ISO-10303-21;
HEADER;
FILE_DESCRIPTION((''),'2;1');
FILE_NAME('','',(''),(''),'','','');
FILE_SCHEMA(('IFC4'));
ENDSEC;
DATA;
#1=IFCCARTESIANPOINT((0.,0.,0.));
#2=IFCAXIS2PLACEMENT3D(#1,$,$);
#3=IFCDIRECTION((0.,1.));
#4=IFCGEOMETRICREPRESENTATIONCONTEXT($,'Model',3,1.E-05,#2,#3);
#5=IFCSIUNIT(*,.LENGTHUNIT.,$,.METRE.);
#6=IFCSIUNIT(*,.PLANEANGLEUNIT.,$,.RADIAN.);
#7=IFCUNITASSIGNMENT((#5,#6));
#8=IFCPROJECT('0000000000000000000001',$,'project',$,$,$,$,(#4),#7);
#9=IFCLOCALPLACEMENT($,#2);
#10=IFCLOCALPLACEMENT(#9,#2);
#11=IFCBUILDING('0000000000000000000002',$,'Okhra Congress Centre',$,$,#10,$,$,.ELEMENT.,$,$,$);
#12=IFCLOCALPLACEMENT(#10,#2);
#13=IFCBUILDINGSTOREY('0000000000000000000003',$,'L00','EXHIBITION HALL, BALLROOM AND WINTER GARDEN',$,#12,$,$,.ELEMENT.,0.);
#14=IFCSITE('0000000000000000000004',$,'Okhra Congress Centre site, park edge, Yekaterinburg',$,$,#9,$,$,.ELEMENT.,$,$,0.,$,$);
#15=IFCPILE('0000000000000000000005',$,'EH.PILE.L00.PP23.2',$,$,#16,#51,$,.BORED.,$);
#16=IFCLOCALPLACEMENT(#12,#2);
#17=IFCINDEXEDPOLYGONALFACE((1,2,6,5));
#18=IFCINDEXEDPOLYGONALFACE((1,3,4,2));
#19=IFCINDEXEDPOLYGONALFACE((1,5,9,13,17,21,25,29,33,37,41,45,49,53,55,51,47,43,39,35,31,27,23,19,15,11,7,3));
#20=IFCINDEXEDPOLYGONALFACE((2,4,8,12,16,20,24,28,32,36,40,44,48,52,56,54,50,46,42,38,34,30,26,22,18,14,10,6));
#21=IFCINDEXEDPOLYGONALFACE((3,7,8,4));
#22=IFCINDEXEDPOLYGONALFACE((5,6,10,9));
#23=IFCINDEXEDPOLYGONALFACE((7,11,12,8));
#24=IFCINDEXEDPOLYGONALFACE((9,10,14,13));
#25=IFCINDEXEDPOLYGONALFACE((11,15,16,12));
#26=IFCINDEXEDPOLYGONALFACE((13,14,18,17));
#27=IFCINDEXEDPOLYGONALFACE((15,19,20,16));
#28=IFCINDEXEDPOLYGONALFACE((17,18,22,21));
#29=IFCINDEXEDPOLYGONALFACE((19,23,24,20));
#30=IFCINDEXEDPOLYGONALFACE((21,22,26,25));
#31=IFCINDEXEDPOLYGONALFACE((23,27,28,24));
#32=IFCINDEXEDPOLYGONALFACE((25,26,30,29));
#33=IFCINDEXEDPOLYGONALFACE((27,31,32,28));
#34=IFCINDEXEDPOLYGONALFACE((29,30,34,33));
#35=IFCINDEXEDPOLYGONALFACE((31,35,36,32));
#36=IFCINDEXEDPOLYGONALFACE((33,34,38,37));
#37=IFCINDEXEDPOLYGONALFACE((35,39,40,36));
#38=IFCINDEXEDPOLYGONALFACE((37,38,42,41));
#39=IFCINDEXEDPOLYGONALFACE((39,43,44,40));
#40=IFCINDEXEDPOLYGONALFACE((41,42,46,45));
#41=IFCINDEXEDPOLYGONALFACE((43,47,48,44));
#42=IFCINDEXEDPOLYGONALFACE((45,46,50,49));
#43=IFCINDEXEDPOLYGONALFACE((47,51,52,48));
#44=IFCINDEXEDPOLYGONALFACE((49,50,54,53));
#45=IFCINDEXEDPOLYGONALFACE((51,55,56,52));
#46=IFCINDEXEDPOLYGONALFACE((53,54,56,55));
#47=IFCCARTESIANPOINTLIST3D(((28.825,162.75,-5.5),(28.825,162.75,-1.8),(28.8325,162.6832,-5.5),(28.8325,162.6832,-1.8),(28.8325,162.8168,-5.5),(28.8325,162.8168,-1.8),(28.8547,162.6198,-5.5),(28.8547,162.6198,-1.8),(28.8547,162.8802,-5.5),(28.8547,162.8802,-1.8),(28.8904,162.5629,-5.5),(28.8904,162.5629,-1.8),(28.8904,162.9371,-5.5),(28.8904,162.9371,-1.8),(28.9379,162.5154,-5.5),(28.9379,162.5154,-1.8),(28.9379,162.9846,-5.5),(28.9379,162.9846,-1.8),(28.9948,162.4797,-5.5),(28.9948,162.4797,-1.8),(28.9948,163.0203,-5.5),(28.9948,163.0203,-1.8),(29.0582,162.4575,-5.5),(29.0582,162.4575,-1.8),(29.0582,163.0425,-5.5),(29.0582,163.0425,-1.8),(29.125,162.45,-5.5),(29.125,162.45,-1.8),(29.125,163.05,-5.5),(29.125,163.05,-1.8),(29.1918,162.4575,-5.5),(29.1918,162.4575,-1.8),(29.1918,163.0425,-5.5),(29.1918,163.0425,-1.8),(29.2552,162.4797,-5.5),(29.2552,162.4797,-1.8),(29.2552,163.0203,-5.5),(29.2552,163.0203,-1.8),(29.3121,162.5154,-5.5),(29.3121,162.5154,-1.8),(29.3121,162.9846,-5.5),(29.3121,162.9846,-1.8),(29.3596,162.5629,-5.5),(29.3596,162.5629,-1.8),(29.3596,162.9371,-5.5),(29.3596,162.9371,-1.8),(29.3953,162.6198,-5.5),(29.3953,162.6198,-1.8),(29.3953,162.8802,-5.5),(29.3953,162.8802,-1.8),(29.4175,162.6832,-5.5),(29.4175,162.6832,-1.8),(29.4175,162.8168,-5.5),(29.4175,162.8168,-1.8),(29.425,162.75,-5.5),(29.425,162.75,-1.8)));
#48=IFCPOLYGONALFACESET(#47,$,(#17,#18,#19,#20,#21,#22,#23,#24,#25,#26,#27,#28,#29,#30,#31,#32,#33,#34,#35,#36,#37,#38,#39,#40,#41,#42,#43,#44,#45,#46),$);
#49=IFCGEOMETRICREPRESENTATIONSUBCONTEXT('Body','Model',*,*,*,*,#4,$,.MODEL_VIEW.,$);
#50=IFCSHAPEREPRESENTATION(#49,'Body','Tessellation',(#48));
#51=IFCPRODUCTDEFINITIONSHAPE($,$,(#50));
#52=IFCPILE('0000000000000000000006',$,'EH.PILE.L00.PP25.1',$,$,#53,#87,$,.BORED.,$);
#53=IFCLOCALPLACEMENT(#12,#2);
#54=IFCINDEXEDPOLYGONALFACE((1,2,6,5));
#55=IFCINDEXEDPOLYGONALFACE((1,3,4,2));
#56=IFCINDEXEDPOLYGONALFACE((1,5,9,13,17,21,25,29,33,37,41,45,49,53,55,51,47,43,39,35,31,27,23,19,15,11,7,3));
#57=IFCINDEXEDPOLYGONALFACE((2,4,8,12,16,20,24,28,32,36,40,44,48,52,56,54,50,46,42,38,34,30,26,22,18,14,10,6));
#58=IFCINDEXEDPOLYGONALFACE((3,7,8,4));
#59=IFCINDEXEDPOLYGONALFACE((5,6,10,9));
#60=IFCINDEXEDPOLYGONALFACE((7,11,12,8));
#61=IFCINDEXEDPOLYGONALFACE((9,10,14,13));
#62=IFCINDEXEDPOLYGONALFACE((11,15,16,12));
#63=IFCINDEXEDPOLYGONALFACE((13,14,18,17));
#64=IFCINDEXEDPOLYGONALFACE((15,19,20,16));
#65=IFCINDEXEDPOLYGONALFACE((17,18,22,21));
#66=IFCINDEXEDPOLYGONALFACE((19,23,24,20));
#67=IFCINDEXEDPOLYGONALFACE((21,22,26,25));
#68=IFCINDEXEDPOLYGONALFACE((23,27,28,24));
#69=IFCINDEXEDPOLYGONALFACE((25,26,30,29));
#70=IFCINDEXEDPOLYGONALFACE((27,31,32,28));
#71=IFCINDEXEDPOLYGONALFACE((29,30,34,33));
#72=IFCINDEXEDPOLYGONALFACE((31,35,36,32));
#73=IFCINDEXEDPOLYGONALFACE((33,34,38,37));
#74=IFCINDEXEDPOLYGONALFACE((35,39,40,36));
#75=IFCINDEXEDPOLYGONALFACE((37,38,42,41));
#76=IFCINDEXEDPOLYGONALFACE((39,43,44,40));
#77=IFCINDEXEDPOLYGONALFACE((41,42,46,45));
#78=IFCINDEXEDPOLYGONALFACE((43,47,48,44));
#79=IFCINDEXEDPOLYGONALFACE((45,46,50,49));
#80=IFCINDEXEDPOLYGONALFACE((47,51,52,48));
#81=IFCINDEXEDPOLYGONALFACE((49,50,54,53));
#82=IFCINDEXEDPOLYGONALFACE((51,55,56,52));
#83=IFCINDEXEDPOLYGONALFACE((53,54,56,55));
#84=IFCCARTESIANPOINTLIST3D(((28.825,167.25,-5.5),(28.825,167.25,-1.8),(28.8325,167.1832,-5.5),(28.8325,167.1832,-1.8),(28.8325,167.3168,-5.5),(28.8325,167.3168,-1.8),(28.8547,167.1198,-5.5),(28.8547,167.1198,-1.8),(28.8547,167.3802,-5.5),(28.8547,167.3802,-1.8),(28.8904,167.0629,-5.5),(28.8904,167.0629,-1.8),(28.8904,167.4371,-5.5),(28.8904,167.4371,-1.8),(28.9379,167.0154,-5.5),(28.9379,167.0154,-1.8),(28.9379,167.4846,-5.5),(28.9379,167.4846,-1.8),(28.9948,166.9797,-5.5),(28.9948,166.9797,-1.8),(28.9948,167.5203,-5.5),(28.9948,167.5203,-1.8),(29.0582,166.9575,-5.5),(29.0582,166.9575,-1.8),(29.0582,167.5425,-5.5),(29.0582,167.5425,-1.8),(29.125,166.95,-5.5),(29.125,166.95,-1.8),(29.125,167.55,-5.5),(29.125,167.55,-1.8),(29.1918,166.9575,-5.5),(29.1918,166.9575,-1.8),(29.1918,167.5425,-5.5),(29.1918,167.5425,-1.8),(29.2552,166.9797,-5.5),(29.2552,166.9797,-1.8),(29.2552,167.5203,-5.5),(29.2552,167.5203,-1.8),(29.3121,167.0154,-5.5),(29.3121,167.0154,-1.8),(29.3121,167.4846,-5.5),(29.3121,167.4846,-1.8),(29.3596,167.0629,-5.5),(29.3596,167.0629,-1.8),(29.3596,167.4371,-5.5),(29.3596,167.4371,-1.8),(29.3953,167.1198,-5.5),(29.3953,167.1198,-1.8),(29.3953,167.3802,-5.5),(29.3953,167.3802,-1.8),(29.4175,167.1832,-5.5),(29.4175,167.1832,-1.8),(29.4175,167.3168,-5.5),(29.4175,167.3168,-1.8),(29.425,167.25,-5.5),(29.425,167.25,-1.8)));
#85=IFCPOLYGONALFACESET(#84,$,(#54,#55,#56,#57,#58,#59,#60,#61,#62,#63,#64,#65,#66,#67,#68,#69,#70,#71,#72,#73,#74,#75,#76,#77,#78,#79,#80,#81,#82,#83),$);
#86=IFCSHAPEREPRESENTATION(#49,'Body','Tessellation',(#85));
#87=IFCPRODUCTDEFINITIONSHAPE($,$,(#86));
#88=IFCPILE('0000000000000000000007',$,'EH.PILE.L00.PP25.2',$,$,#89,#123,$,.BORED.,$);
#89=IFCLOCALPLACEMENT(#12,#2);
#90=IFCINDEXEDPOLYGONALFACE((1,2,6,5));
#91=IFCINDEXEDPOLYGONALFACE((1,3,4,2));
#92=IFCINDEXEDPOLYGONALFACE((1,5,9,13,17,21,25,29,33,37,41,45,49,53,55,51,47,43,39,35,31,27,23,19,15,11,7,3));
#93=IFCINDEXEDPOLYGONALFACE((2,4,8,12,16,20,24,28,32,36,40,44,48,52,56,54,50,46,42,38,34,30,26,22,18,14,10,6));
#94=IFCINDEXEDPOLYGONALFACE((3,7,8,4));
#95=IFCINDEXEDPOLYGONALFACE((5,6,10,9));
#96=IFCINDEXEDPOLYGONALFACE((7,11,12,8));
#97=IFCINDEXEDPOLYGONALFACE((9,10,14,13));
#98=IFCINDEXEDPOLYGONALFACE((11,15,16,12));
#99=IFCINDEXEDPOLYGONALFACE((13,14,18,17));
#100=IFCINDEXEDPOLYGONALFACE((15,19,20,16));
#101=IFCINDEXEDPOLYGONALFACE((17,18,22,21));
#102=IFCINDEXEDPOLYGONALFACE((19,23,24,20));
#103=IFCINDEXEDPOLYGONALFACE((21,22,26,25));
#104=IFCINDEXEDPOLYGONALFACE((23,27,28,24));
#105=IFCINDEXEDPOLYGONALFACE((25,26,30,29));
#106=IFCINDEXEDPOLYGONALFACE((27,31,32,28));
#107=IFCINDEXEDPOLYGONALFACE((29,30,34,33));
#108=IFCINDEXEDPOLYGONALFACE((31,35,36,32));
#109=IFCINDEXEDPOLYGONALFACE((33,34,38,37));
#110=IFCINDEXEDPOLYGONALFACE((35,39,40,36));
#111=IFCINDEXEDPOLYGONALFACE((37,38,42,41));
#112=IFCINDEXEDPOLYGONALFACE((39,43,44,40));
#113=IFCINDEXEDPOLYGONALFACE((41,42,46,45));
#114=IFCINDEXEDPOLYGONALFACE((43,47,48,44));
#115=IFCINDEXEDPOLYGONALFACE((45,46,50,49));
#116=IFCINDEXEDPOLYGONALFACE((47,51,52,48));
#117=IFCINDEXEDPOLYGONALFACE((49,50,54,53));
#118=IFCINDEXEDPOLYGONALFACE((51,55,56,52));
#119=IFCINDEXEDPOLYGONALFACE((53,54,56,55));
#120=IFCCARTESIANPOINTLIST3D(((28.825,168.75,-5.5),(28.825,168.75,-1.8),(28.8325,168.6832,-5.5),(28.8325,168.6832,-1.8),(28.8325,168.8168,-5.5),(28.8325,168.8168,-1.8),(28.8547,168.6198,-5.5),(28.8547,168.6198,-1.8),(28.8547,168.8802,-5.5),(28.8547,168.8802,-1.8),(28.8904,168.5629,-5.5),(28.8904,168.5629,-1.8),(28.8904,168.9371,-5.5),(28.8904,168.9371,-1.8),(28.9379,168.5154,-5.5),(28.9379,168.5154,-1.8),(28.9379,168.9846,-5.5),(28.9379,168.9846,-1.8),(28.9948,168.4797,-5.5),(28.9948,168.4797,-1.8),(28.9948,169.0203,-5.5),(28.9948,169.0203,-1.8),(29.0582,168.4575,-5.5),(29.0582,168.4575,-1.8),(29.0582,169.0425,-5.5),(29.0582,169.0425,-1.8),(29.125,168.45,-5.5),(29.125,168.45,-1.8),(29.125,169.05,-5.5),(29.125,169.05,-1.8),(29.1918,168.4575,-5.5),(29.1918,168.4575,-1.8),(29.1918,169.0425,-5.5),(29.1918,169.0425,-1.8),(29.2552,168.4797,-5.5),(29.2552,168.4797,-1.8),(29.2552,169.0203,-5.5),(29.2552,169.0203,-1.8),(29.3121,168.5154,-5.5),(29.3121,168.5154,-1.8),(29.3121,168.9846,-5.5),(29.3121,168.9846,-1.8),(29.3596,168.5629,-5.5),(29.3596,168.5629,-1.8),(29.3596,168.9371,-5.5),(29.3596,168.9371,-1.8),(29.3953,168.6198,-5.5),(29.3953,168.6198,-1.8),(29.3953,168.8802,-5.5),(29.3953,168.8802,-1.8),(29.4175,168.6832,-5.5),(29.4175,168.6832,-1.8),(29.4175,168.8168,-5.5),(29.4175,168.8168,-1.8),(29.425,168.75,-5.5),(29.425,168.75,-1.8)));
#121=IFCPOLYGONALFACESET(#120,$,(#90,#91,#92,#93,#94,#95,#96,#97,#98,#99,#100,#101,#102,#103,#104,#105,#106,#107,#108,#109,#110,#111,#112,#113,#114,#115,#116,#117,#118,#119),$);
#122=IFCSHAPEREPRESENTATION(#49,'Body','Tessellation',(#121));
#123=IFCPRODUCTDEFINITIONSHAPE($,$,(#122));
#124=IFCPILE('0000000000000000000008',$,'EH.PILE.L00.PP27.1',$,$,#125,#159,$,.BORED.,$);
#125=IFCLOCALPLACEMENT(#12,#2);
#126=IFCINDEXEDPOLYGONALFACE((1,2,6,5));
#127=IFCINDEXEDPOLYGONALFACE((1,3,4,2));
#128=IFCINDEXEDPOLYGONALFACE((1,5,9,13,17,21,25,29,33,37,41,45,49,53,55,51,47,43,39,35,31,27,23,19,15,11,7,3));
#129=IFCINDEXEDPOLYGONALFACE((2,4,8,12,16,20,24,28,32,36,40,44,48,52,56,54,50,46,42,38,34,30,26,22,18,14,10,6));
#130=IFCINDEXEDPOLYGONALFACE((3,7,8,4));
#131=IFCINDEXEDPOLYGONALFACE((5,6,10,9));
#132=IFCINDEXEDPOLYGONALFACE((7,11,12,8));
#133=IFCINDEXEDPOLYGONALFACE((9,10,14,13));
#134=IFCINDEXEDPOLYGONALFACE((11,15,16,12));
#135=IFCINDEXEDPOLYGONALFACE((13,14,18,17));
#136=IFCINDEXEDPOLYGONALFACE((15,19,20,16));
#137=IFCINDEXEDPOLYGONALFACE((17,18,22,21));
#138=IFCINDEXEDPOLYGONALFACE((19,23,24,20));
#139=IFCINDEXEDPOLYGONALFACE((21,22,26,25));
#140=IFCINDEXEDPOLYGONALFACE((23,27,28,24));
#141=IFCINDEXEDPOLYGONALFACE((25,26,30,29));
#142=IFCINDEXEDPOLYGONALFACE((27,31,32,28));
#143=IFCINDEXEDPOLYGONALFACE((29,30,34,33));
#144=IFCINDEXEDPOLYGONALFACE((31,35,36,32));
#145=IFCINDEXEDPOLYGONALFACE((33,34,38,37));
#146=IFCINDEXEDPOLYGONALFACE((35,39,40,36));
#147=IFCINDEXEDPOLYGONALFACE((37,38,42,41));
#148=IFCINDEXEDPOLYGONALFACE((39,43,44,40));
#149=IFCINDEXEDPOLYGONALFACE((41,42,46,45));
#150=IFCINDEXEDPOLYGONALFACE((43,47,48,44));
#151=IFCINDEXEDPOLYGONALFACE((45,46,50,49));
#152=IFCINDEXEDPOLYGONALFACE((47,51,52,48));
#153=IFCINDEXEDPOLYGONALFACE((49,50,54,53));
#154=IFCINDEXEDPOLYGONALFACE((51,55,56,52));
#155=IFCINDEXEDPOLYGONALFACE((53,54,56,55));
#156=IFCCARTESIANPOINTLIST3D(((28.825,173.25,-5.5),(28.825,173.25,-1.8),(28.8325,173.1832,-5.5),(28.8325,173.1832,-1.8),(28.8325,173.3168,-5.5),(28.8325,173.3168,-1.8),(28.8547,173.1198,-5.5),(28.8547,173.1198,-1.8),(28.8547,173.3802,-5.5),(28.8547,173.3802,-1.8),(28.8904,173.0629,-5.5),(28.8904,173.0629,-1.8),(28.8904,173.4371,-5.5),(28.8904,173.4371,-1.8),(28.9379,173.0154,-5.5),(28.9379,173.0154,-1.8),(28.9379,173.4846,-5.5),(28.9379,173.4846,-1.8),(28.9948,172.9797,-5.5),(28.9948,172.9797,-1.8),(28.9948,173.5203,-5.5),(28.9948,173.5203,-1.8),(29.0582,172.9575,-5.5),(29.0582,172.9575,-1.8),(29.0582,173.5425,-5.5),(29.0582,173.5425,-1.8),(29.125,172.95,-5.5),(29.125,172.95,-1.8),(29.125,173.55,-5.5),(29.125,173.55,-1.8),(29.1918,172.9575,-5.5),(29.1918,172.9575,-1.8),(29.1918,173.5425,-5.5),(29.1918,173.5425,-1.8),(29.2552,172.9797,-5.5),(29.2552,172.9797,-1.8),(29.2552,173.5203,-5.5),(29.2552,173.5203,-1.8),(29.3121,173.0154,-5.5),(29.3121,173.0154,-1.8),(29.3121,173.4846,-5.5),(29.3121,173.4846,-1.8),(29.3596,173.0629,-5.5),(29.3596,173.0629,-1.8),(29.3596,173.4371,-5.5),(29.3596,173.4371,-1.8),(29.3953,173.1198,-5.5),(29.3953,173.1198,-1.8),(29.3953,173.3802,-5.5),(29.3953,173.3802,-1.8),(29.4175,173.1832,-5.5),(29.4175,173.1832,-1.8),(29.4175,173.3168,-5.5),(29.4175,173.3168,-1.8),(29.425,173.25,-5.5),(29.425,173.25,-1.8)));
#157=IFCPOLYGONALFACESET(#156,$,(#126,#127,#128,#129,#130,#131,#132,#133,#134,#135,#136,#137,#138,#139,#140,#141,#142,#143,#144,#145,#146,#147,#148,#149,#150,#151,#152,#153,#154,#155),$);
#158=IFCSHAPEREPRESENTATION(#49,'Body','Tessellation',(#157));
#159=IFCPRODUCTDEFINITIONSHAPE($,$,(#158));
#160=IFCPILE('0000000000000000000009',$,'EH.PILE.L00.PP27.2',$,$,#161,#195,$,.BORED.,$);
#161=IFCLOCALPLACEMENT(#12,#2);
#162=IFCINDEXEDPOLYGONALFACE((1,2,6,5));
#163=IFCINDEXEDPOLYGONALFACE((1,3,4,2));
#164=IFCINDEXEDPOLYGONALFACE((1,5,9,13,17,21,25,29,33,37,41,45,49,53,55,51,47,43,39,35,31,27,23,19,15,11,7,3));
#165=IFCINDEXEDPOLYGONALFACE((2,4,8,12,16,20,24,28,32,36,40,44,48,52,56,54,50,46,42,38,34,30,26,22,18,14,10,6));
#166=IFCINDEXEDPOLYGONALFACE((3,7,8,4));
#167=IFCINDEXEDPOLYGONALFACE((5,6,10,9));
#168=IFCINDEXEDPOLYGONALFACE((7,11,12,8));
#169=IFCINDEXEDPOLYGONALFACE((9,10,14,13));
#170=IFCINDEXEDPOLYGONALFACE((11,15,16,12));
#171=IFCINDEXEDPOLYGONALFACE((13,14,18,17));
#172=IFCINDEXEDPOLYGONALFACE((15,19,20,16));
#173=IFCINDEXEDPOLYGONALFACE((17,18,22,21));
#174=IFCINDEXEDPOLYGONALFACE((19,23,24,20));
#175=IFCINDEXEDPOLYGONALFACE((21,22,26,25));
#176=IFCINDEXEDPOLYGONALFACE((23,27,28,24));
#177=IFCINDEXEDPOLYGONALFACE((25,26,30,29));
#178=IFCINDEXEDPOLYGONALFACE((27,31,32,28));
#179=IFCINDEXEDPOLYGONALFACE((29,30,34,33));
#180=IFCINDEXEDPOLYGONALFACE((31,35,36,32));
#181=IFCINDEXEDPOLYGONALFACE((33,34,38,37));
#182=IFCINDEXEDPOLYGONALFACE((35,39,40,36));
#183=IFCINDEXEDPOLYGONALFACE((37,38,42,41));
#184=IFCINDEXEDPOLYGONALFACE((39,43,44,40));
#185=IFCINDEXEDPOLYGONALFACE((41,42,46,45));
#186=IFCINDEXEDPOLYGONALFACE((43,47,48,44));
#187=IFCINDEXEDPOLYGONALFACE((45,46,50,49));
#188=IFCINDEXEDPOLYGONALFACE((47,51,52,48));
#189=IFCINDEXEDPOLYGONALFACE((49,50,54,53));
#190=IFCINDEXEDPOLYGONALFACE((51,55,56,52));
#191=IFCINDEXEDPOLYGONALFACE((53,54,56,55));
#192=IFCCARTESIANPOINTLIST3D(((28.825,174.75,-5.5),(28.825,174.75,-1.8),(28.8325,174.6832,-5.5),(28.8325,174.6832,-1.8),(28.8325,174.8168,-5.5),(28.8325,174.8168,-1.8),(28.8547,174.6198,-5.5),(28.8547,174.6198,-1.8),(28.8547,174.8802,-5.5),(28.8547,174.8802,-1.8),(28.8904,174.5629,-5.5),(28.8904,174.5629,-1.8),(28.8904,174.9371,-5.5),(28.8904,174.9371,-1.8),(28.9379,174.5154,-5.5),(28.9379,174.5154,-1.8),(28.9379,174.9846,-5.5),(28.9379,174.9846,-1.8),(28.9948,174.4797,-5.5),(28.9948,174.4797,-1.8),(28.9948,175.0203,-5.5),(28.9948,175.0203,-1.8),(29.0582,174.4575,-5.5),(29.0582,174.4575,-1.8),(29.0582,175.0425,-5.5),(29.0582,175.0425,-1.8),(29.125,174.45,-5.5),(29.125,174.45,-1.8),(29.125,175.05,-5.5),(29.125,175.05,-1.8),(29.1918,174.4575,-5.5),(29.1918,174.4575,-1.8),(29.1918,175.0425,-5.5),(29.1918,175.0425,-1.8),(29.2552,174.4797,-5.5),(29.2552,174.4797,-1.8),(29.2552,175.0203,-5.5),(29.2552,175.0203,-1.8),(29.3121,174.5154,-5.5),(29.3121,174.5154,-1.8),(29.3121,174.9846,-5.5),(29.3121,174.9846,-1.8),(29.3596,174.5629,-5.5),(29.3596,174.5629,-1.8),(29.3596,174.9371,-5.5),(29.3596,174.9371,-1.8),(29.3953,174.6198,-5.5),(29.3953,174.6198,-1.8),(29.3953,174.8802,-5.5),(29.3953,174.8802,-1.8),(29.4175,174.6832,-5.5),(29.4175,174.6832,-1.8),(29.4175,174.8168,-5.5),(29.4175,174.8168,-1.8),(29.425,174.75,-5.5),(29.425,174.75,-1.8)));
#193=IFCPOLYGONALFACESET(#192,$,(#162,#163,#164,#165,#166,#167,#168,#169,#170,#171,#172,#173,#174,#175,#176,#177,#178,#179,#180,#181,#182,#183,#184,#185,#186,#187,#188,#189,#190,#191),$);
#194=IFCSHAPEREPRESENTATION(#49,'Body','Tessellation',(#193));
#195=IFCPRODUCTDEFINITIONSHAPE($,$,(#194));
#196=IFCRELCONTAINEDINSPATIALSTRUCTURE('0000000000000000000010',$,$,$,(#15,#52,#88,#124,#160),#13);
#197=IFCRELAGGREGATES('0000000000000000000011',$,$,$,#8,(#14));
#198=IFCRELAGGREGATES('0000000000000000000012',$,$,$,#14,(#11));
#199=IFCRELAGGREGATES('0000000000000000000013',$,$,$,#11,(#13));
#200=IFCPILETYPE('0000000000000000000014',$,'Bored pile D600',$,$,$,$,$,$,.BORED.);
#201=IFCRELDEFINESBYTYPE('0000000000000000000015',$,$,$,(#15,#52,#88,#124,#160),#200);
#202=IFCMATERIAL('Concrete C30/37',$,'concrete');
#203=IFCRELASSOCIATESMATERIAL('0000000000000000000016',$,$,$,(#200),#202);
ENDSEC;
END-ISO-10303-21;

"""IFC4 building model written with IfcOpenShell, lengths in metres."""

from ifc_helpers import new_model, si_unit, direction, frame, origin, origin_2d, place, context, subcontext, project, spatial, circle, extrude, material, material_profile, profile_set, type_object, element, save


model = new_model("IFC4")

# Units and contexts
model_context = context("Model", 3, precision=1e-05, world=origin(), true_north=direction((0.0, 1.0)))
body_context = subcontext(model_context, "Body", "Model", "MODEL_VIEW")
ifc_project = project(units=[si_unit("LENGTHUNIT", "METRE"), si_unit("PLANEANGLEUNIT", "RADIAN")], contexts=[model_context])

# Site, building, storey
site_placement = place(None, origin())
site = spatial("IfcSite", under=ifc_project, at=site_placement, Name="Okhra Congress Centre site, park edge, Yekaterinburg", CompositionType="ELEMENT", RefElevation=0.0)
building_placement = place(site_placement, origin())
building = spatial("IfcBuilding", under=site, at=building_placement, Name="Okhra Congress Centre", CompositionType="ELEMENT")
storey_placement = place(building_placement, origin())
storey = spatial("IfcBuildingStorey", under=building, at=storey_placement, Name="L00", Description="EXHIBITION HALL, BALLROOM AND WINTER GARDEN", CompositionType="ELEMENT", Elevation=0.0)

# Piles
ifc_material_1 = material(Name="Concrete C30/37", Category="concrete")
ifc_material_profile_1 = material_profile(ifc_material_1, circle(Radius=0.3, at=origin_2d()), Name="D600")
ifc_profile_set_1 = profile_set([ifc_material_profile_1], Name="Concrete C30/37")
pile_type_1 = type_object("IfcPileType", Name="Bored pile D600", PredefinedType="BORED", material=ifc_profile_set_1)
for number, where, z_axis, x_axis, name in (
    (1, (29.125, 162.75, -1.8), (0.0, 0.0, -1.0), (1.0, 0.0, 0.0), "EH.PILE.L00.PP23.2"),
    (2, (29.125, 167.25, -1.8), (0.0, 0.0, -1.0), (1.0, 0.0, 0.0), "EH.PILE.L00.PP25.1"),
    (3, (29.125, 168.75, -1.8), (0.0, 0.0, -1.0), (1.0, 0.0, 0.0), "EH.PILE.L00.PP25.2"),
    (4, (29.125, 173.25, -1.8), (0.0, 0.0, -1.0), (1.0, 0.0, 0.0), "EH.PILE.L00.PP27.1"),
    (5, (29.125, 174.75, -1.8), (0.0, 0.0, -1.0), (1.0, 0.0, 0.0), "EH.PILE.L00.PP27.2"),
):
    element("IfcPile", number, at=place(storey_placement, frame(where, z_axis=z_axis, x_axis=x_axis)), inside=storey, type_object=pile_type_1, Name=name, PredefinedType="BORED", context=body_context, shape_type="SweptSolid", body=[
        extrude(circle(Radius=0.3, at=origin_2d()), origin(), (0.0, 0.0, 1.0), 3.7),
    ])

save(model, "model.ifc")
